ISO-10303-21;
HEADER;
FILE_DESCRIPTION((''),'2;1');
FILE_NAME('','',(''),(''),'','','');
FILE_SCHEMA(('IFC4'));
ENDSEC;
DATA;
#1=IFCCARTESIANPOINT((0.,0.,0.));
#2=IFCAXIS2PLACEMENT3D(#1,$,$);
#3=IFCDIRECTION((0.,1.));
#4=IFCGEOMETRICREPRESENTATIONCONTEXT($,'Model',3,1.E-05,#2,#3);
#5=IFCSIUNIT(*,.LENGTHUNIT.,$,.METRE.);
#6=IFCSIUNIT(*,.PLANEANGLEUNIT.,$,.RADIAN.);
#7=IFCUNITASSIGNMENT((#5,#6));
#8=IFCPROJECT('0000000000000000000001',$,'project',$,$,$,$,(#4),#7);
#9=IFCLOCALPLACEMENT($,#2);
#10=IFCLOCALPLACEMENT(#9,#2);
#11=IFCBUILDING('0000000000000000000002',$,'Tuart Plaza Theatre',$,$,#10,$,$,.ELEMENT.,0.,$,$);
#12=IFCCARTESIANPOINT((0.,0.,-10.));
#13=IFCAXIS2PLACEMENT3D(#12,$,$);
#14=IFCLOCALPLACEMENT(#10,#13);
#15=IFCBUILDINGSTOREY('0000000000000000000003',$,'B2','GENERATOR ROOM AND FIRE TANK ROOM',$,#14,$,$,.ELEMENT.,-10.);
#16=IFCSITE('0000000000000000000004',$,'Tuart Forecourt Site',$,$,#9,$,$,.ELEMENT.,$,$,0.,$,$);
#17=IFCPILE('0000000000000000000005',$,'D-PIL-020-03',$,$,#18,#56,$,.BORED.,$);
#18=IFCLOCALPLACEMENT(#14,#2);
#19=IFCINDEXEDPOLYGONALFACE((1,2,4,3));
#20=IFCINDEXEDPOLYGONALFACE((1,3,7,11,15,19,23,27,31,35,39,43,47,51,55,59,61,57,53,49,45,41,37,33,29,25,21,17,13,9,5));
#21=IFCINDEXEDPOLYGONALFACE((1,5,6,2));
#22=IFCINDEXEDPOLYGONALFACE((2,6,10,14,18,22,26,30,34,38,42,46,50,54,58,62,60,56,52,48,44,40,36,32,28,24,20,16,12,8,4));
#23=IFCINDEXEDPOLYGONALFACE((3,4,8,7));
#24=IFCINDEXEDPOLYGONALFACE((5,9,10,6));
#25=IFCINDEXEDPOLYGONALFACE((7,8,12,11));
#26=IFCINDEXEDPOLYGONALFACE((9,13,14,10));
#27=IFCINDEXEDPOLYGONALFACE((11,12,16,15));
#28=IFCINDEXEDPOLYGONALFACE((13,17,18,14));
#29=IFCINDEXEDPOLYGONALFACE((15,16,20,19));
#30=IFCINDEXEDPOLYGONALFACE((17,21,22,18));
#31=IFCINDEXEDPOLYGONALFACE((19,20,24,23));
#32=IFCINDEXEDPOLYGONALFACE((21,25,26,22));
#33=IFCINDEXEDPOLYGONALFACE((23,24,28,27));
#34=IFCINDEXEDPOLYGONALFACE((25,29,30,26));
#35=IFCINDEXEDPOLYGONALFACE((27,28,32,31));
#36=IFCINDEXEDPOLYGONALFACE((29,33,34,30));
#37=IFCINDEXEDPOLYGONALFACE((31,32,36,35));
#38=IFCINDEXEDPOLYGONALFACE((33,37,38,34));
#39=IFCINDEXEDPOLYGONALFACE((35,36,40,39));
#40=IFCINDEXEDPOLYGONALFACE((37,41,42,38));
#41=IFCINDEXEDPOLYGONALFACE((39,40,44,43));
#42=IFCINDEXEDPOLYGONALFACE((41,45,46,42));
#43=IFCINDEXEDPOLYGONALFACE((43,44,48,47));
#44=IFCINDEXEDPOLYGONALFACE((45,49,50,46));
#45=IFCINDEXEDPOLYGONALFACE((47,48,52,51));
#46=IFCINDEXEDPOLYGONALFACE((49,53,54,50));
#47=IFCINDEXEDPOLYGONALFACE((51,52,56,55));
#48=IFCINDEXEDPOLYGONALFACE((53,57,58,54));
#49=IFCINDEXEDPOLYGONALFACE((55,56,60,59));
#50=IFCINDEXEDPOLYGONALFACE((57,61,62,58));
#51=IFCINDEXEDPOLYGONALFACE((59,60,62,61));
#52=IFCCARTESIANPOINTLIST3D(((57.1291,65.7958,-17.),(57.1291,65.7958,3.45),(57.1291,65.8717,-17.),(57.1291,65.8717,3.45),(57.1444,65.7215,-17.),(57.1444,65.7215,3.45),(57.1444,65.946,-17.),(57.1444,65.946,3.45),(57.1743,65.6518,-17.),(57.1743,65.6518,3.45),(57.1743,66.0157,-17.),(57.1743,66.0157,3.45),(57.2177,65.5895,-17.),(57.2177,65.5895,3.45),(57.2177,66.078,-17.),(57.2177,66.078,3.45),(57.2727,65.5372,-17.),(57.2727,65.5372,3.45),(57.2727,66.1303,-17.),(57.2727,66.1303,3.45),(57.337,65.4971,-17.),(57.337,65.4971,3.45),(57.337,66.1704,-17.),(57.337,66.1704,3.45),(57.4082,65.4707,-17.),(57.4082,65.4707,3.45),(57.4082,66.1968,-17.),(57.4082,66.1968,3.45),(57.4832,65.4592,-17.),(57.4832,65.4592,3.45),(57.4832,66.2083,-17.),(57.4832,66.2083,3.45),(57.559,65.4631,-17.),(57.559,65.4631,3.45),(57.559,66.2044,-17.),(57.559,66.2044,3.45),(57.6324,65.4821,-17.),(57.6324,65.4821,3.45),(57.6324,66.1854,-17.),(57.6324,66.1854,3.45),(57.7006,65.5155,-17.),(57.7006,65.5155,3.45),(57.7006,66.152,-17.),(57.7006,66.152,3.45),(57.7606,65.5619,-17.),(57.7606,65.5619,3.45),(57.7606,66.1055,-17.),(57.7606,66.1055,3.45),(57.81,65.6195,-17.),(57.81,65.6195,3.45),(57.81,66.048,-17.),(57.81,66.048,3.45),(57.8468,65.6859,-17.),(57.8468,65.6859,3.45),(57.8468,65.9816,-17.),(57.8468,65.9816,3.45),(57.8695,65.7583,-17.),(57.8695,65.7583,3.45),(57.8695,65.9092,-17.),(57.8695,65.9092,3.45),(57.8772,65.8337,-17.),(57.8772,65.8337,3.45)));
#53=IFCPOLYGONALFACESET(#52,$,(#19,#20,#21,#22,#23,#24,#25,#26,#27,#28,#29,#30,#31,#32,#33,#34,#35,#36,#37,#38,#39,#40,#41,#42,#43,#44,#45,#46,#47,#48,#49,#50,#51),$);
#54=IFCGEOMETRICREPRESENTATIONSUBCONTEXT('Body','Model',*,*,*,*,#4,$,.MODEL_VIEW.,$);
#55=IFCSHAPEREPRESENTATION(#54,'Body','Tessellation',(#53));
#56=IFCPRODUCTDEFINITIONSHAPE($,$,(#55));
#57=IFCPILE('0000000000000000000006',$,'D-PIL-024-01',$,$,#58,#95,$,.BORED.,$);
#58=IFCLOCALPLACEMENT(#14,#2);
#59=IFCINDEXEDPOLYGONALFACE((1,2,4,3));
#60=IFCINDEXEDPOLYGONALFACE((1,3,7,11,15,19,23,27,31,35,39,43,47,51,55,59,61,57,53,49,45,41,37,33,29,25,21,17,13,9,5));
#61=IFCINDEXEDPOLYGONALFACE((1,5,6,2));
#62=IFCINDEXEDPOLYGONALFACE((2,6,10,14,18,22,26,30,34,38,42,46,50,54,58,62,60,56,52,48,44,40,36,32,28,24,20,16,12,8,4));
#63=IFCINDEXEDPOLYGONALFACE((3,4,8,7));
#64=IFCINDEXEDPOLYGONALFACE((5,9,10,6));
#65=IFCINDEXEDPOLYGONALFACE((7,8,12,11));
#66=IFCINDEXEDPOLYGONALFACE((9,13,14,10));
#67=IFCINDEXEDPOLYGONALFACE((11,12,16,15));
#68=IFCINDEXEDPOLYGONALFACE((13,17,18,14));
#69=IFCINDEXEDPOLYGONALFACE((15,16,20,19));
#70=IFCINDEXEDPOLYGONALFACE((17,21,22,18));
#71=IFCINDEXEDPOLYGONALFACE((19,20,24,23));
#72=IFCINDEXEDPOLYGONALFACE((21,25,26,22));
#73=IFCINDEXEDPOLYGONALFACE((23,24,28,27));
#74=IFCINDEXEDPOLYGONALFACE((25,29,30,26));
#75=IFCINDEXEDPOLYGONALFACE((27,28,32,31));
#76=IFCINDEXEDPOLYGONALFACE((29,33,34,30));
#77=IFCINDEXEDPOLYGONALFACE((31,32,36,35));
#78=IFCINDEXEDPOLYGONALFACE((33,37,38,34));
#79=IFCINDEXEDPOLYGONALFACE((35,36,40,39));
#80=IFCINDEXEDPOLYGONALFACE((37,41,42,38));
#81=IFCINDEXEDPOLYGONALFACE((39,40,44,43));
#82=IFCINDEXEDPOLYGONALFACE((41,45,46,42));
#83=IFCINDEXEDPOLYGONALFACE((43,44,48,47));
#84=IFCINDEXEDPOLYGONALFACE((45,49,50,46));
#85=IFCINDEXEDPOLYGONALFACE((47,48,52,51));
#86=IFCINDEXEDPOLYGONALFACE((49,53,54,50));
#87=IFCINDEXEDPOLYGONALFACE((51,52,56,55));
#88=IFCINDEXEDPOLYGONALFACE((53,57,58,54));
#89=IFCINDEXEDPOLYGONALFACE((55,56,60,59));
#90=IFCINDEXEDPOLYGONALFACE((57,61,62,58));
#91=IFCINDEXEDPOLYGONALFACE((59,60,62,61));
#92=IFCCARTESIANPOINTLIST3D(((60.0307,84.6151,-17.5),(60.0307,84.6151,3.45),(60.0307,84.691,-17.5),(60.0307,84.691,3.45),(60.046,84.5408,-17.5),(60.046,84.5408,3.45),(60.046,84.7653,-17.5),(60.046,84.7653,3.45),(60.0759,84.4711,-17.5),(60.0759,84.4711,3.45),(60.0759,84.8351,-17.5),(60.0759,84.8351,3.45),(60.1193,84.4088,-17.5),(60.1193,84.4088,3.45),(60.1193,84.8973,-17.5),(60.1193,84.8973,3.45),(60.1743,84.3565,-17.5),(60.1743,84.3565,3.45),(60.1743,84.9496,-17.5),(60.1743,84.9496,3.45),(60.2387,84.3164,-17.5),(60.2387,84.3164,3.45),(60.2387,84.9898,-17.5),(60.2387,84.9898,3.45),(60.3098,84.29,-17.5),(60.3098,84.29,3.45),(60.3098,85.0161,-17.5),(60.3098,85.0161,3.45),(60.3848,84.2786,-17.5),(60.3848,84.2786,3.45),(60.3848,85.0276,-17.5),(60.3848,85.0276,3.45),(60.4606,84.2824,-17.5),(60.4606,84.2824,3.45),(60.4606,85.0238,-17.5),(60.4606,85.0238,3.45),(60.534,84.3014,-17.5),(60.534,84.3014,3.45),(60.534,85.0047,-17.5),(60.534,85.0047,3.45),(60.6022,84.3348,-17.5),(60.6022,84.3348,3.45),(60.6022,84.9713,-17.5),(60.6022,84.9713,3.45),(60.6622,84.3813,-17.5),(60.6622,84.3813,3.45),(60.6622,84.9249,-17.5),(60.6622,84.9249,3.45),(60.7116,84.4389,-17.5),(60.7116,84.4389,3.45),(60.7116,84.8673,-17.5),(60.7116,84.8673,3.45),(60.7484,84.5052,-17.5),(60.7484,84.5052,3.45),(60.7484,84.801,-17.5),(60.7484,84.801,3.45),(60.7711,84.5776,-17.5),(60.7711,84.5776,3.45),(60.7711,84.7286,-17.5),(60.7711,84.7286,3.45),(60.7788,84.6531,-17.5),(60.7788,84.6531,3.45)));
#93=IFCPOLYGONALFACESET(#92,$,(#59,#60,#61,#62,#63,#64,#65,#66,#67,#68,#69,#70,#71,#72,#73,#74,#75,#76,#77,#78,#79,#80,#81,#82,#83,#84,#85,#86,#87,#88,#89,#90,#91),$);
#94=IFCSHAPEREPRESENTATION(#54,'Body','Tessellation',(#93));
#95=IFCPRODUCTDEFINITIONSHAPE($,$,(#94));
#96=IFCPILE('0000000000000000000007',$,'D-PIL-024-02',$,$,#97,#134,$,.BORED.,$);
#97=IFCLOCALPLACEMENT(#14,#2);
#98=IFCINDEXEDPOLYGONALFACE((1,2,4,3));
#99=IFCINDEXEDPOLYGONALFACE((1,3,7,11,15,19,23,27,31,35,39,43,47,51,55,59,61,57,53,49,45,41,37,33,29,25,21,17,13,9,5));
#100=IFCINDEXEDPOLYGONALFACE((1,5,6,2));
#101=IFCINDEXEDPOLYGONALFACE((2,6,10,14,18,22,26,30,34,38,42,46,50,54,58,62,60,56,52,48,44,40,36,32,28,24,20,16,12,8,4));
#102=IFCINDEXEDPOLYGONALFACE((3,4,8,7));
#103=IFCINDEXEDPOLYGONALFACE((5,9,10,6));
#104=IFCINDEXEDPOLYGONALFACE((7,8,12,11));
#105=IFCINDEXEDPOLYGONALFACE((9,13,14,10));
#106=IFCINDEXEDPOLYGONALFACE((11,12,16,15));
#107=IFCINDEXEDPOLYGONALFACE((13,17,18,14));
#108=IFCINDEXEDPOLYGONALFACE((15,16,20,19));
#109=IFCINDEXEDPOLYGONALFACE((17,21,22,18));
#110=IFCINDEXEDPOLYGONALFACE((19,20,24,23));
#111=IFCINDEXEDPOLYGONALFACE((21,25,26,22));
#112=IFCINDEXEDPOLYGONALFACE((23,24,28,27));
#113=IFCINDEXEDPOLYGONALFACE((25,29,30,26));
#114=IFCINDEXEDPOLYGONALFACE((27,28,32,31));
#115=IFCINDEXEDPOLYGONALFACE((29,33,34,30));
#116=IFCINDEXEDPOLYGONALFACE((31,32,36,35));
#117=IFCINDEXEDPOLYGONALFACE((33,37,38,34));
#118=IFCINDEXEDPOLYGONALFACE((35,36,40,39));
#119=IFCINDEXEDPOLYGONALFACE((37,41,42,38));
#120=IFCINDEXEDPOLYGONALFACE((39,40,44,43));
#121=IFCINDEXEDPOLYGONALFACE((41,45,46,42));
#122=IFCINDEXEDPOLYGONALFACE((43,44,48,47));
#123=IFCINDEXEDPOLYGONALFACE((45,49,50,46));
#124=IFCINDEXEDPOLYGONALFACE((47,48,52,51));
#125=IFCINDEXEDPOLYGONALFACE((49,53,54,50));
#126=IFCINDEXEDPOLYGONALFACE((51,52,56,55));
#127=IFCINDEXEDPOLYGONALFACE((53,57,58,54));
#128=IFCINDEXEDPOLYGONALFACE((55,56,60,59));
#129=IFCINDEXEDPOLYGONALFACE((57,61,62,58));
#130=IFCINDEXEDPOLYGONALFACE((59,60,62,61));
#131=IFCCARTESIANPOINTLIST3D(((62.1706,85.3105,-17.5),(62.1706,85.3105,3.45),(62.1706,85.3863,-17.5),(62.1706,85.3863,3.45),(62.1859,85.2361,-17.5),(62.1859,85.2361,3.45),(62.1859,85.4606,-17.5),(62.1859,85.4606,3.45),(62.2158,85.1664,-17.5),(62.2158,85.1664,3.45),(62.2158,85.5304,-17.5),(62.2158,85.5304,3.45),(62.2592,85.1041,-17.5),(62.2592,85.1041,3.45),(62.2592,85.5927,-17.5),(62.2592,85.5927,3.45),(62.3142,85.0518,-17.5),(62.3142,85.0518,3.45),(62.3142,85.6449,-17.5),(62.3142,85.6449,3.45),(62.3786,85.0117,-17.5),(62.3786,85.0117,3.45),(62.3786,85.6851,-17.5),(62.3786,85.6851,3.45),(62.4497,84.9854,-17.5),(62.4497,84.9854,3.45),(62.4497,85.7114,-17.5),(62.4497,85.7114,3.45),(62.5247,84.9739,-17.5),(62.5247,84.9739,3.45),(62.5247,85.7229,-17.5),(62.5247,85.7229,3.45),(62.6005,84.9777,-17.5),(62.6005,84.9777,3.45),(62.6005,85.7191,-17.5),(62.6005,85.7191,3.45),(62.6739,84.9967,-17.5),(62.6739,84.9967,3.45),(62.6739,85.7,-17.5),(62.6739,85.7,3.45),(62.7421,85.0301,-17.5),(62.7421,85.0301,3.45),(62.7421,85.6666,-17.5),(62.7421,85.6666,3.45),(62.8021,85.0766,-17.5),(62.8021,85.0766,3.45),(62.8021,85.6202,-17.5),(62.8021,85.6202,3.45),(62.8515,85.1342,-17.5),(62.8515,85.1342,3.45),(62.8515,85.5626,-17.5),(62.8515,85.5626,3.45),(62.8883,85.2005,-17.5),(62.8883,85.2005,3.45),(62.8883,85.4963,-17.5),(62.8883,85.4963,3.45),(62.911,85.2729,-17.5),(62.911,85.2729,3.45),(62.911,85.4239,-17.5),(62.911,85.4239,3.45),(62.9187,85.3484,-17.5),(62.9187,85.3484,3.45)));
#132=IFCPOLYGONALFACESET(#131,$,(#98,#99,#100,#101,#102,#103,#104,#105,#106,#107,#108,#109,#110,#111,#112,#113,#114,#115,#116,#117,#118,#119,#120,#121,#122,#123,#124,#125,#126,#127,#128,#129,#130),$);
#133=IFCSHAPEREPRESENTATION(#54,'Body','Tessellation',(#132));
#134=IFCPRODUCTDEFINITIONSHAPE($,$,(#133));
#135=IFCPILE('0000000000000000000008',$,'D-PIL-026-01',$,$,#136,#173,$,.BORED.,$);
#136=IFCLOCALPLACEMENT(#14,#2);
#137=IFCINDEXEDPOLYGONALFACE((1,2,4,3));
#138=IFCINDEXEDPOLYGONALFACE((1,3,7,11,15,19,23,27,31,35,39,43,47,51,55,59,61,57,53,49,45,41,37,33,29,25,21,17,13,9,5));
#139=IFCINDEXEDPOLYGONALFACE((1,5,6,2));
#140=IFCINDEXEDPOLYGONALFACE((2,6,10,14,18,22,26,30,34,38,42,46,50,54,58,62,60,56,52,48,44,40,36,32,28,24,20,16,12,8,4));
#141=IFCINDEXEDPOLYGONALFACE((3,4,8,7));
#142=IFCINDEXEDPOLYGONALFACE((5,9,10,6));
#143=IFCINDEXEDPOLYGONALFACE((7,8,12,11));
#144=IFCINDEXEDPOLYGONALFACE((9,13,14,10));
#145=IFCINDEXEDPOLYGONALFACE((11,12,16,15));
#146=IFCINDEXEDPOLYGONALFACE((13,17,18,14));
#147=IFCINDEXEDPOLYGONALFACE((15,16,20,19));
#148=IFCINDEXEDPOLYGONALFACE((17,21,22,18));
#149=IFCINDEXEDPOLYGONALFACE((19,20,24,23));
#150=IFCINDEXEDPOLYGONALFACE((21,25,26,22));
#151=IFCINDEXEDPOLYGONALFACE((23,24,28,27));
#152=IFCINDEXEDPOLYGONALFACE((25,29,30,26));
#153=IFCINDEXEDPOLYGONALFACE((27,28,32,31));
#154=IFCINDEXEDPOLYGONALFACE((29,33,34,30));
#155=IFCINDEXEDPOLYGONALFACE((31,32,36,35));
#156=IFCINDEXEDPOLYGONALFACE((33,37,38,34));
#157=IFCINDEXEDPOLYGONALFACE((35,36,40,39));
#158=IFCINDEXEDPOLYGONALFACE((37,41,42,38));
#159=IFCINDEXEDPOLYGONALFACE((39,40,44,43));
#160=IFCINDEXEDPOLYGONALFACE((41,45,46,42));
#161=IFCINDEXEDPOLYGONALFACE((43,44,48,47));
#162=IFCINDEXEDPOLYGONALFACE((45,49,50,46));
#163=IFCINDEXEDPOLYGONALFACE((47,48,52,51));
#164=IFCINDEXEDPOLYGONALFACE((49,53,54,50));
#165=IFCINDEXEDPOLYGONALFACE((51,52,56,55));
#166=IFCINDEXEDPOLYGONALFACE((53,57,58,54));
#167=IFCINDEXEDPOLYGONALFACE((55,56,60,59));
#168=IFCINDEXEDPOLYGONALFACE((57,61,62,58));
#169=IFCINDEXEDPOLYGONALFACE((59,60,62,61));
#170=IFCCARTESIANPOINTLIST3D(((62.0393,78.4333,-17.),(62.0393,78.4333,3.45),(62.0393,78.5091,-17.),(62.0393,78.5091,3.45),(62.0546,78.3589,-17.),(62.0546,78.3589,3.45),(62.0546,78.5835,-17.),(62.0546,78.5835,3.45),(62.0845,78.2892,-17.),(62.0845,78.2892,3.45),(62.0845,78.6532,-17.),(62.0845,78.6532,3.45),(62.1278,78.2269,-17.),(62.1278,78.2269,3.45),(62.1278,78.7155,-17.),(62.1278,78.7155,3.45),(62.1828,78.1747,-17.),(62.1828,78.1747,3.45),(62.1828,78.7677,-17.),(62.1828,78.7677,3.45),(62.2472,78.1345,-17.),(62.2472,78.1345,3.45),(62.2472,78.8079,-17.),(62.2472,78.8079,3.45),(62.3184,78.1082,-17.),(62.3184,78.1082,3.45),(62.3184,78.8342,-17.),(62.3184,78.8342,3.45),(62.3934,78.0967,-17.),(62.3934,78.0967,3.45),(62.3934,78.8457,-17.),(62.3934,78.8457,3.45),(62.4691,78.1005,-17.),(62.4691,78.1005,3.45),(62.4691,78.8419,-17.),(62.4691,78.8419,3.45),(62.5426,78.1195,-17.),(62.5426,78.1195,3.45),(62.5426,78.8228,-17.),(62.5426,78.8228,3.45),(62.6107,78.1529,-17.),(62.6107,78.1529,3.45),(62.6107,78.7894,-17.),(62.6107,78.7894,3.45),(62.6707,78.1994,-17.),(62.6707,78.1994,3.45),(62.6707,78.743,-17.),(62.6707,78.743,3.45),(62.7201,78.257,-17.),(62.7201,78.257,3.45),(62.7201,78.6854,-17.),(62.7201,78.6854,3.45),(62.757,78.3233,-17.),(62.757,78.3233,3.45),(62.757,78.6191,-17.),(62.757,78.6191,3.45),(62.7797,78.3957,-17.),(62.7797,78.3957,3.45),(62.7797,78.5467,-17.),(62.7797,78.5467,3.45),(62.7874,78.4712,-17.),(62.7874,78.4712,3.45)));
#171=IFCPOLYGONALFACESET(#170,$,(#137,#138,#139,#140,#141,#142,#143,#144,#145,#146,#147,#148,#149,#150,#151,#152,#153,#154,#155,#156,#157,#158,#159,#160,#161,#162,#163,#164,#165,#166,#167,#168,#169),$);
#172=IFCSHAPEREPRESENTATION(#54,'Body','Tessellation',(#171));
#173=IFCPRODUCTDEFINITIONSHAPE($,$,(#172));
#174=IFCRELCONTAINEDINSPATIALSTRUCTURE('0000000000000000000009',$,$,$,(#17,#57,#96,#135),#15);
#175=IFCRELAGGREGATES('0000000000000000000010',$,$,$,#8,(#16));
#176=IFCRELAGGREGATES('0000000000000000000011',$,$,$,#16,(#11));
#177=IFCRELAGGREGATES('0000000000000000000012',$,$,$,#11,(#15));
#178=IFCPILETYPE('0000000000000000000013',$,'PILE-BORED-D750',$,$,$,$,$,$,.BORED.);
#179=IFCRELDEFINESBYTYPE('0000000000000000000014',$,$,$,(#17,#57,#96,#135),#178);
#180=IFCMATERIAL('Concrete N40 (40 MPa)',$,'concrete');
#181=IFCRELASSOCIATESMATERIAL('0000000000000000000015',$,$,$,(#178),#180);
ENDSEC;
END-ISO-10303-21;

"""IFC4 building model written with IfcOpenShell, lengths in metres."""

from ifc_helpers import new_model, si_unit, direction, frame, origin, origin_2d, place, context, subcontext, project, spatial, circle, extrude, material, material_profile, profile_set, type_object, element, save


model = new_model("IFC4")

# Units and contexts
model_context = context("Model", 3, precision=1e-05, world=origin(), true_north=direction((0.0, 1.0)))
body_context = subcontext(model_context, "Body", "Model", "MODEL_VIEW")
ifc_project = project(units=[si_unit("LENGTHUNIT", "METRE"), si_unit("PLANEANGLEUNIT", "RADIAN")], contexts=[model_context])

# Site, building, storey
site_placement = place(None, origin())
site = spatial("IfcSite", under=ifc_project, at=site_placement, Name="Tuart Forecourt Site", CompositionType="ELEMENT", RefElevation=0.0)
building_placement = place(site_placement, origin())
building = spatial("IfcBuilding", under=site, at=building_placement, Name="Tuart Plaza Theatre", CompositionType="ELEMENT", ElevationOfRefHeight=0.0)
storey_placement = place(building_placement, frame((0.0, 0.0, -10.0)))
storey = spatial("IfcBuildingStorey", under=building, at=storey_placement, Name="B2", Description="GENERATOR ROOM AND FIRE TANK ROOM", CompositionType="ELEMENT", Elevation=-10.0)

# Piles
ifc_material_1 = material(Name="Concrete N40 (40 MPa)", Category="concrete")
ifc_material_profile_1 = material_profile(ifc_material_1, circle(Radius=0.375, at=origin_2d()), Name="PILE-BORED-D750")
ifc_profile_set_1 = profile_set([ifc_material_profile_1], Name="Concrete N40 (40 MPa)")
pile_type_1 = type_object("IfcPileType", Name="PILE-BORED-D750", PredefinedType="BORED", material=ifc_profile_set_1)
for number, where, z_axis, x_axis, name in (
    (1, (57.5022, 65.8337, 3.45), (0.0, 0.0, -1.0), (1.0, 0.0, 0.0), "D-PIL-020-03"),
):
    element("IfcPile", number, at=place(storey_placement, frame(where, z_axis=z_axis, x_axis=x_axis)), inside=storey, type_object=pile_type_1, Name=name, PredefinedType="BORED", context=body_context, shape_type="SweptSolid", body=[
        extrude(circle(Radius=0.375, at=origin_2d()), origin(), (0.0, 0.0, 1.0), 20.45),
    ])
for number, where, z_axis, x_axis, name in (
    (2, (60.4038, 84.6531, 3.45), (0.0, 0.0, -1.0), (1.0, 0.0, 0.0), "D-PIL-024-01"),
    (3, (62.5437, 85.3484, 3.45), (0.0, 0.0, -1.0), (1.0, 0.0, 0.0), "D-PIL-024-02"),
):
    element("IfcPile", number, at=place(storey_placement, frame(where, z_axis=z_axis, x_axis=x_axis)), inside=storey, type_object=pile_type_1, Name=name, PredefinedType="BORED", context=body_context, shape_type="SweptSolid", body=[
        extrude(circle(Radius=0.375, at=origin_2d()), origin(), (0.0, 0.0, 1.0), 20.95),
    ])
pile_1_placement = place(storey_placement, frame((62.4124, 78.4712, 3.45), z_axis=(0.0, 0.0, -1.0), x_axis=(1.0, 0.0, 0.0)))
element("IfcPile", 4, at=pile_1_placement, inside=storey, type_object=pile_type_1, Name="D-PIL-026-01", PredefinedType="BORED", context=body_context, shape_type="SweptSolid", body=[
    extrude(circle(Radius=0.375, at=origin_2d()), origin(), (0.0, 0.0, 1.0), 20.45),
])

save(model, "model.ifc")
